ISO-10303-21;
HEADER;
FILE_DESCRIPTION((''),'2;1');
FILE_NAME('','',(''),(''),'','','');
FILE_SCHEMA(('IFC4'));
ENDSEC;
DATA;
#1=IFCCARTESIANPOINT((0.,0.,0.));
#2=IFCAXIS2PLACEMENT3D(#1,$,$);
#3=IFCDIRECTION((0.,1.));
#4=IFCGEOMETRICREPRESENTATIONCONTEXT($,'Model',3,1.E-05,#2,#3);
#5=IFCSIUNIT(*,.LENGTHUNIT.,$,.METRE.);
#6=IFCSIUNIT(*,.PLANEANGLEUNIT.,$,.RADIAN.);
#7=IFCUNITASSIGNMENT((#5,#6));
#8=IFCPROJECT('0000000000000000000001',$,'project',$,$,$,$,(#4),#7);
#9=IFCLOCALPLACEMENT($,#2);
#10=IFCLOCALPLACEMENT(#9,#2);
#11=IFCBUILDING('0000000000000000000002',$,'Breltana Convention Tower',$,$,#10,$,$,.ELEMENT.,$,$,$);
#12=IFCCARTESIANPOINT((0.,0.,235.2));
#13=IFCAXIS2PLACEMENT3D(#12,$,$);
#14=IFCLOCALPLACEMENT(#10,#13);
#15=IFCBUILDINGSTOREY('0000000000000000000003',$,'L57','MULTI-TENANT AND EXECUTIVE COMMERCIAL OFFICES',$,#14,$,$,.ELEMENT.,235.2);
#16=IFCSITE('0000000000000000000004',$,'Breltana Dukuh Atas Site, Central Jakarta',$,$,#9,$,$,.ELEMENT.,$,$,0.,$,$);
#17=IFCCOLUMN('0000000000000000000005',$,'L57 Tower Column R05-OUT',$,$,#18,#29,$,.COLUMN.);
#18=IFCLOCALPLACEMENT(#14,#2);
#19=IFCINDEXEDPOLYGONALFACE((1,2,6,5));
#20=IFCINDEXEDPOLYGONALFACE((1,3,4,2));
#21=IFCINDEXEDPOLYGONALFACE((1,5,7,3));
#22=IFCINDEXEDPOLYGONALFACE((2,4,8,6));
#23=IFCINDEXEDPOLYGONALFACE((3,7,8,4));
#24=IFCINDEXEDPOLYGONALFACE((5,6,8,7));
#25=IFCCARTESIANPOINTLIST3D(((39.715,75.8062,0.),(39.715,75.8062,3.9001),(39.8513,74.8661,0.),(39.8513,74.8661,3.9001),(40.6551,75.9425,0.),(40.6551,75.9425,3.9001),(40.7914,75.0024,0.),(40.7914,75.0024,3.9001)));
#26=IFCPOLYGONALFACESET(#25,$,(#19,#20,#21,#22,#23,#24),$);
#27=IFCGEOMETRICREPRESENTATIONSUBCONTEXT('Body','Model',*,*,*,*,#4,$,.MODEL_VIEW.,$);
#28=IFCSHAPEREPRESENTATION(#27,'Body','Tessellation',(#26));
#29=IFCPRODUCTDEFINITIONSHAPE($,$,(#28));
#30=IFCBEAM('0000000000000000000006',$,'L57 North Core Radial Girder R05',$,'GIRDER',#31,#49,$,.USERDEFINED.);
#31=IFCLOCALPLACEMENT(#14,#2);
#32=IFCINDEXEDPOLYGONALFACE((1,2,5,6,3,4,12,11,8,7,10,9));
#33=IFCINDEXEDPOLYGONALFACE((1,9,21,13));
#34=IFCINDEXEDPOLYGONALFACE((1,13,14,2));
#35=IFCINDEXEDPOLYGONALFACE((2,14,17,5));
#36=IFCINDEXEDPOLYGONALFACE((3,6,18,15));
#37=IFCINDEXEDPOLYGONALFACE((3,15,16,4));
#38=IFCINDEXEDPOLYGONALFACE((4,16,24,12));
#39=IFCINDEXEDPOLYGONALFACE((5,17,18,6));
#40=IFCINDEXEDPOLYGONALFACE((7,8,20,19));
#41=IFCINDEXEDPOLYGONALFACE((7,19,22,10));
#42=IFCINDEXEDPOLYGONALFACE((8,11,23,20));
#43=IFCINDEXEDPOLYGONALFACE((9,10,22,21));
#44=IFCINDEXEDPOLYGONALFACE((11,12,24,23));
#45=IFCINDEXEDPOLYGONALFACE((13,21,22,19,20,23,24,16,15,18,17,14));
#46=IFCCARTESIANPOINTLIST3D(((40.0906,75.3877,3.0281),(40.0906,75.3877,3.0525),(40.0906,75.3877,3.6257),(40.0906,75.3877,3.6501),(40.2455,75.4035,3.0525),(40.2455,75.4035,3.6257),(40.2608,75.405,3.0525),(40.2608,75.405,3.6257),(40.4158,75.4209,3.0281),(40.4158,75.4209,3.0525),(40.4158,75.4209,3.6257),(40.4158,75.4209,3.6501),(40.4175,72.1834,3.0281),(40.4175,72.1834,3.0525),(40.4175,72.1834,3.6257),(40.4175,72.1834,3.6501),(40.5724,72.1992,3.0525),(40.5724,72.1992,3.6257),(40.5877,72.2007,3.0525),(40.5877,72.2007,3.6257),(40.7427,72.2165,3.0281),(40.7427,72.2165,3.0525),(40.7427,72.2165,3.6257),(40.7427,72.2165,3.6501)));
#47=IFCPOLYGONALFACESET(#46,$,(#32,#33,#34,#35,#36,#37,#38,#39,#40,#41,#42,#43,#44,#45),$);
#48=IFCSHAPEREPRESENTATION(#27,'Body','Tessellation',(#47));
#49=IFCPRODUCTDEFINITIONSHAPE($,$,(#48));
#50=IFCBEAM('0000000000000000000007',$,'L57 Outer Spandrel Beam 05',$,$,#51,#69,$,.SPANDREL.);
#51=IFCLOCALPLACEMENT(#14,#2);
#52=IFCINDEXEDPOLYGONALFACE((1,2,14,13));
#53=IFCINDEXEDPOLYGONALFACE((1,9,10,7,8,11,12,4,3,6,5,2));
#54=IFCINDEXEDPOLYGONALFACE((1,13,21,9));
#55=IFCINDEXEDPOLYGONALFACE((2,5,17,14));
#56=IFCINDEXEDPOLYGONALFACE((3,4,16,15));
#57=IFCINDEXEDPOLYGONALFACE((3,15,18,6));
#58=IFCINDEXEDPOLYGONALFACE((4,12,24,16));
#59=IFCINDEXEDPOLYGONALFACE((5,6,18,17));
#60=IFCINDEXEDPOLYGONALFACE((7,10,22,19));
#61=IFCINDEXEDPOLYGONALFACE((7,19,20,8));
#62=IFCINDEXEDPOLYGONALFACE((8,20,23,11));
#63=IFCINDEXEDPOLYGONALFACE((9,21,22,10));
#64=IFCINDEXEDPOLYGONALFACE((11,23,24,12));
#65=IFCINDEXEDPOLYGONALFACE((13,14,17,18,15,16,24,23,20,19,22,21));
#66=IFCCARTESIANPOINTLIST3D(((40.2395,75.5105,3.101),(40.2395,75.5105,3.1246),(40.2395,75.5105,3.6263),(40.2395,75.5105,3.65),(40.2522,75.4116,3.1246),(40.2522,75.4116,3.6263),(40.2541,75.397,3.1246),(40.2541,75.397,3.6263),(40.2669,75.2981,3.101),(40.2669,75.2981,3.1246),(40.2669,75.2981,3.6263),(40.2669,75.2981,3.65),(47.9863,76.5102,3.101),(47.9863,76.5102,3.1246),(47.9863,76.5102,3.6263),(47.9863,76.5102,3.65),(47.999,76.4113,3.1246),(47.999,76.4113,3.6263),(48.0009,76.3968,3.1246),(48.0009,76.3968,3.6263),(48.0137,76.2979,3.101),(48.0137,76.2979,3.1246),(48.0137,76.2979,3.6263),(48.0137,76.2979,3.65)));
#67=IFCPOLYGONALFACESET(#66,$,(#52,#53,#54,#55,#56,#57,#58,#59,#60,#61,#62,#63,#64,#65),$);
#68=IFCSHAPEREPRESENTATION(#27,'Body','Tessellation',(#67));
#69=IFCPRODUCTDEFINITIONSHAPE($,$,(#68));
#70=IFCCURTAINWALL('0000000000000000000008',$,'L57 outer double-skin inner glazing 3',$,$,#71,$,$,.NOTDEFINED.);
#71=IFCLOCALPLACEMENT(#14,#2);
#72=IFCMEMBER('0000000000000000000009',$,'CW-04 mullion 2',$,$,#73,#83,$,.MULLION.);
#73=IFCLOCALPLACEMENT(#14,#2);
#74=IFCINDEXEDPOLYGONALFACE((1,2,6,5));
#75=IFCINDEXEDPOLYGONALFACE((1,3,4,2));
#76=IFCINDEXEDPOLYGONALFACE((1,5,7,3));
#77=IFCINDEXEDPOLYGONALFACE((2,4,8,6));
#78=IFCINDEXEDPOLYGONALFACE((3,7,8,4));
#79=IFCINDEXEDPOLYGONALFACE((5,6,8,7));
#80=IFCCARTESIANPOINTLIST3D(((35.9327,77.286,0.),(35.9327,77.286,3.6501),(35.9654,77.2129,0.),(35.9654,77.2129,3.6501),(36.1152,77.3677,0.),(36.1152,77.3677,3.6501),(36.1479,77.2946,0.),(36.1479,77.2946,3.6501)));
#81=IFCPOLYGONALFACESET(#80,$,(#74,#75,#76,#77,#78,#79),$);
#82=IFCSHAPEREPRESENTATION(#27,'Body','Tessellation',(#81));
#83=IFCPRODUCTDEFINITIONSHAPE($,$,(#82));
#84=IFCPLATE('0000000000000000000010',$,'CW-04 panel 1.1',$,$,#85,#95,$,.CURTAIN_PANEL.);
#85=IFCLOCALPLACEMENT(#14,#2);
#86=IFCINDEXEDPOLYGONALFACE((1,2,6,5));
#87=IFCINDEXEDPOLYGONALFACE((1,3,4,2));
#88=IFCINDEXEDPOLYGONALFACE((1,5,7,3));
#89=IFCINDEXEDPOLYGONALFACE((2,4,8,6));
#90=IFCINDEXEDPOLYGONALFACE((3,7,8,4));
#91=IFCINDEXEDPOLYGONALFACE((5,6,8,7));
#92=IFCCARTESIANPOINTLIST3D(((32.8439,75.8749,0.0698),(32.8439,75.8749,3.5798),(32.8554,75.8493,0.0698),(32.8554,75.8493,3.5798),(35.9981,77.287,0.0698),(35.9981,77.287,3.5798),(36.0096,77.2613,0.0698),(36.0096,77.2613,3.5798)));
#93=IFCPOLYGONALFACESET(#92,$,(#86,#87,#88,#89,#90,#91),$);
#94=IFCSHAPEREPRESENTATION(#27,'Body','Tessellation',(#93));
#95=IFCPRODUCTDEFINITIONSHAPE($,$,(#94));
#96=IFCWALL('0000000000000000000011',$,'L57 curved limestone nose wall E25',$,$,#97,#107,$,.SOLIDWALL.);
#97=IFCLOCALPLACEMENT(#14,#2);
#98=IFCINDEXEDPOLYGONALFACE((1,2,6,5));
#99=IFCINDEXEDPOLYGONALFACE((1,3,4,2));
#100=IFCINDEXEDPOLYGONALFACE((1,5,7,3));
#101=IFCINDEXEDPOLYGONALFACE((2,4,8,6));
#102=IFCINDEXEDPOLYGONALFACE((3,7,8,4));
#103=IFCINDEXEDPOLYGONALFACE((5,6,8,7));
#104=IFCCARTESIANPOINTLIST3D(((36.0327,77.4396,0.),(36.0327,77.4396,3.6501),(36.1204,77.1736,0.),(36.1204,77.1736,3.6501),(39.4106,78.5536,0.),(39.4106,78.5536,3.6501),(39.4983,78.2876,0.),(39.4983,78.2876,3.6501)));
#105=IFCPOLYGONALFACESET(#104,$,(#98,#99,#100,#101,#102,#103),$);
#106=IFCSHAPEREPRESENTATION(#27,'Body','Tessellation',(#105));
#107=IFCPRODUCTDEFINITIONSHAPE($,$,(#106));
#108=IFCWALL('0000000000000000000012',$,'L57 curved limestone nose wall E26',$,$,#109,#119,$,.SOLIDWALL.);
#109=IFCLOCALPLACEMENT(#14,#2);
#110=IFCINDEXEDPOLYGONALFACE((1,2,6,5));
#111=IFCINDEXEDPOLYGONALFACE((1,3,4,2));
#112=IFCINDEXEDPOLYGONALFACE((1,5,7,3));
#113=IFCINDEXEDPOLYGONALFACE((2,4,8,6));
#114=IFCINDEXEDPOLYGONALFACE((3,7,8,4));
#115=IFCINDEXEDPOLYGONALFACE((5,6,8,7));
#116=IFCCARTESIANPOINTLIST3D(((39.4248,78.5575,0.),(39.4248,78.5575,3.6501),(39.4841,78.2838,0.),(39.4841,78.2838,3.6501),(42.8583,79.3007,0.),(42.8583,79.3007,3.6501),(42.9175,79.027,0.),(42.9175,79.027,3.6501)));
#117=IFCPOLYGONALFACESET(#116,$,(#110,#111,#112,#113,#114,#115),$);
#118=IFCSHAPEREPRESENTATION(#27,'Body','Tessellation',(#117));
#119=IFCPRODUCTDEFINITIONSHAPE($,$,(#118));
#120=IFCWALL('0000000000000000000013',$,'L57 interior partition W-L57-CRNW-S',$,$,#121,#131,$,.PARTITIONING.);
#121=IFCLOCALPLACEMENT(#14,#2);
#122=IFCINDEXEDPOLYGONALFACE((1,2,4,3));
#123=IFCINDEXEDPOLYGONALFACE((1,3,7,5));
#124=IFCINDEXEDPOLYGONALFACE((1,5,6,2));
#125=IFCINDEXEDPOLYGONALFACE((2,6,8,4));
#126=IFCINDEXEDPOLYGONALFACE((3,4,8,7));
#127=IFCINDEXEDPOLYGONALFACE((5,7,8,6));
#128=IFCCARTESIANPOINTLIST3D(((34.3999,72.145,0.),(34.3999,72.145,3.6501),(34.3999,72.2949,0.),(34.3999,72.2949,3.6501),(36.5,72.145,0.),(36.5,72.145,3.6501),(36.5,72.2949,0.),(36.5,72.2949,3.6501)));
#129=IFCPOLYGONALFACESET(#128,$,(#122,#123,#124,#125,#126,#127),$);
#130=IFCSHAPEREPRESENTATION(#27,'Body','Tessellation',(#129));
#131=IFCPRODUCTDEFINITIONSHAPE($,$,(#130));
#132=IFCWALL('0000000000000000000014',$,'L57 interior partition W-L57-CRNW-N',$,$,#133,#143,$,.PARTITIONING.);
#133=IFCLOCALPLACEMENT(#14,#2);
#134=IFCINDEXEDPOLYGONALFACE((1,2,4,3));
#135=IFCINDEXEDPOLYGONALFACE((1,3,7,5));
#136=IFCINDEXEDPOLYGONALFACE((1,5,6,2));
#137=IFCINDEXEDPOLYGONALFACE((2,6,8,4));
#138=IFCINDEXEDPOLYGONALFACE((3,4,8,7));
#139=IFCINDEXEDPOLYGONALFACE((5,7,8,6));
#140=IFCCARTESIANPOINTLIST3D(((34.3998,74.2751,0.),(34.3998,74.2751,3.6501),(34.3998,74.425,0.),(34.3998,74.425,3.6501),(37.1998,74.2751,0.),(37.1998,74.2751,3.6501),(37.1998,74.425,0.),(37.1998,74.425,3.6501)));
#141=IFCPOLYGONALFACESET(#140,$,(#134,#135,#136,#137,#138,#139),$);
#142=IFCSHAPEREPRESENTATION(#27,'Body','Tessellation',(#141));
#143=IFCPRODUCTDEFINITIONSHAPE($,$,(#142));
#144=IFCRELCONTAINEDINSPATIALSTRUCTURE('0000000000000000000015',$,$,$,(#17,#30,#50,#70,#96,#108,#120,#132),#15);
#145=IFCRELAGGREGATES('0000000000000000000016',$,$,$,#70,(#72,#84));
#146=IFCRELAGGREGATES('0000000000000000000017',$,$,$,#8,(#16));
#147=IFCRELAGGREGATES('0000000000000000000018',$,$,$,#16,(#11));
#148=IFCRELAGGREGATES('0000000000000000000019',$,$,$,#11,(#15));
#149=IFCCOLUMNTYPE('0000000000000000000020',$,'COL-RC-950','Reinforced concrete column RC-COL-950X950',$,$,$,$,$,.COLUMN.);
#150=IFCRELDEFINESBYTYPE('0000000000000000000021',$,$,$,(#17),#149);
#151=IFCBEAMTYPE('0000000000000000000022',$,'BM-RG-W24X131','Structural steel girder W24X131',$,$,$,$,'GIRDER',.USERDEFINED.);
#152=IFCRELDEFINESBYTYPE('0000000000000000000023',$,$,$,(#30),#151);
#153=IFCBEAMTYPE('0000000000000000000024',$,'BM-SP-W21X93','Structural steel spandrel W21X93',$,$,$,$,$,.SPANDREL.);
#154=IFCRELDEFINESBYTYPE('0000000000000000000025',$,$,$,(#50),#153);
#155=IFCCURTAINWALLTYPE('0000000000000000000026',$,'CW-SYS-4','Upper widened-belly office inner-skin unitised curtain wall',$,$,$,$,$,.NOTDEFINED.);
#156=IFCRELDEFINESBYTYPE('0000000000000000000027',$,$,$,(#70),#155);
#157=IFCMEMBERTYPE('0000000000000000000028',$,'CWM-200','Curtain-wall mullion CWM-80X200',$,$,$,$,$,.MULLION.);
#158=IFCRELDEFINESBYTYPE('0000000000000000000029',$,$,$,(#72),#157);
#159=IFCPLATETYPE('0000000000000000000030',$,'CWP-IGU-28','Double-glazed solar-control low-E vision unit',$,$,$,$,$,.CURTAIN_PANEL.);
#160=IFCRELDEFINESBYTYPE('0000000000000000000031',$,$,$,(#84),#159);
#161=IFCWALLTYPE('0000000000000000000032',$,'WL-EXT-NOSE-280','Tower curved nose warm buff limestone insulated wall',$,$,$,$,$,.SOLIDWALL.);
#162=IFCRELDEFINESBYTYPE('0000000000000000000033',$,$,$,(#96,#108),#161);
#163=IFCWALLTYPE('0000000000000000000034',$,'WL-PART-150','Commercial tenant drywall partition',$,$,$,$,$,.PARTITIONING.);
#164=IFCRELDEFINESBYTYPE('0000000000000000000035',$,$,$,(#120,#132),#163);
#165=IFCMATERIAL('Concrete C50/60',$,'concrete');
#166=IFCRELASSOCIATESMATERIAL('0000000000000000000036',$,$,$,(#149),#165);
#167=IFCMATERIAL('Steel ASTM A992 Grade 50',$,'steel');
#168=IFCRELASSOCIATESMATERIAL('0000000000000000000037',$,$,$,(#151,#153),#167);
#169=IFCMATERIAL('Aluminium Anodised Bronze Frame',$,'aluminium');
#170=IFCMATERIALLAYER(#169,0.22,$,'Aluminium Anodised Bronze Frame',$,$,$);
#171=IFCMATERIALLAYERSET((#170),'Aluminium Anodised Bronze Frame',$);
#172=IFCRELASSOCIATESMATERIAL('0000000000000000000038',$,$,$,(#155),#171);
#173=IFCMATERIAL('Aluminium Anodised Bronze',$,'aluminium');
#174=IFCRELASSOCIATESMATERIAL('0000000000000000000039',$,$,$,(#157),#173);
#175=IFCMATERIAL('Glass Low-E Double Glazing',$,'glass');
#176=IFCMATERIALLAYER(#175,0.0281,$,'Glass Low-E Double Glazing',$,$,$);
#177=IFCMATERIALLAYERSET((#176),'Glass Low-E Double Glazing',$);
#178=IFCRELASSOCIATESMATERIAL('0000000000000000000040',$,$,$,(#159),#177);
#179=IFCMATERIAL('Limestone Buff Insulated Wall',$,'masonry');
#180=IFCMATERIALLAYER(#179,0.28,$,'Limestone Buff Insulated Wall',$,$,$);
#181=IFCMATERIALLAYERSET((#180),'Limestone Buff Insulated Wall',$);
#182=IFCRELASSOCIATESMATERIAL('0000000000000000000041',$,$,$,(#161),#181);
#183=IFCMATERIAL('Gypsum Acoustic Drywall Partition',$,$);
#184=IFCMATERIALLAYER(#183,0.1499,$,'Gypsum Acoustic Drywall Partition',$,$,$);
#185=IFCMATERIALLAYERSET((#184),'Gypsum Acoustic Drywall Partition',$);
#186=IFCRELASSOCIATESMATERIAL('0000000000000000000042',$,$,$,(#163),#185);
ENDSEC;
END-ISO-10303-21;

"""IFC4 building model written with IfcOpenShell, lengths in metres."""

from ifc_helpers import new_model, si_unit, direction, frame, frame_2d, origin, origin_2d, place, context, subcontext, project, spatial, rectangle, i_section, extrude, source, transform, mapped, material, layer, layer_set, material_profile, profile_set, type_object, element, aggregate, save


model = new_model("IFC4")

# Units and contexts
model_context = context("Model", 3, precision=1e-05, world=origin(), true_north=direction((0.0, 1.0)))
body_context = subcontext(model_context, "Body", "Model", "MODEL_VIEW")
ifc_project = project(units=[si_unit("LENGTHUNIT", "METRE"), si_unit("PLANEANGLEUNIT", "RADIAN")], contexts=[model_context])

# Site, building, storey
site_placement = place(None, origin())
site = spatial("IfcSite", under=ifc_project, at=site_placement, Name="Breltana Dukuh Atas Site, Central Jakarta", CompositionType="ELEMENT", RefElevation=0.0)
building_placement = place(site_placement, origin())
building = spatial("IfcBuilding", under=site, at=building_placement, Name="Breltana Convention Tower", CompositionType="ELEMENT")
storey_placement = place(building_placement, frame((0.0, 0.0, 235.2)))
storey = spatial("IfcBuildingStorey", under=building, at=storey_placement, Name="L57", Description="MULTI-TENANT AND EXECUTIVE COMMERCIAL OFFICES", CompositionType="ELEMENT", Elevation=235.2)

# Column
ifc_material_1 = material(Name="Concrete C50/60", Category="concrete")
ifc_material_profile_1 = material_profile(ifc_material_1, rectangle(XDim=0.95, YDim=0.95, at=origin_2d()), Name="RC-COL-950X950")
ifc_profile_set_1 = profile_set([ifc_material_profile_1], Name="Concrete C50/60")
column_type = type_object("IfcColumnType", Name="COL-RC-950", Description="Reinforced concrete column RC-COL-950X950", PredefinedType="COLUMN", material=ifc_profile_set_1)
shared_shape_1 = source(origin(), body_context, "Body", "SweptSolid", [
    extrude(rectangle(XDim=0.95, YDim=0.95, at=origin_2d()), origin(), (0.0, 0.0, 1.0), 3.9001),
])
column_placement = place(storey_placement, frame((40.2532, 75.4043, 0.0), z_axis=(0.0, 0.0, 1.0), x_axis=(-0.143493, 0.989651, 0.0)))
element("IfcColumn", 1, at=column_placement, inside=storey, type_object=column_type, Name="L57 Tower Column R05-OUT", PredefinedType="COLUMN", context=body_context, shape_type="MappedRepresentation", body=[
    mapped(shared_shape_1, transform((0.0, 0.0, 0.0), scale=1.0)),
])

# Beams
ifc_material_2 = material(Name="Steel ASTM A992 Grade 50", Category="steel")
ifc_material_profile_2 = material_profile(ifc_material_2, i_section(OverallWidth=0.3269, OverallDepth=0.6221, WebThickness=0.0154, FlangeThickness=0.0244, at=origin_2d()), Name="W24X131")
ifc_profile_set_2 = profile_set([ifc_material_profile_2], Name="Steel ASTM A992 Grade 50")
beam_type_1 = type_object("IfcBeamType", Name="BM-RG-W24X131", Description="Structural steel girder W24X131", ElementType="GIRDER", PredefinedType="USERDEFINED", material=ifc_profile_set_2)
shared_shape_2 = source(origin(), body_context, "Body", "SweptSolid", [
    extrude(i_section(OverallWidth=0.3269, OverallDepth=0.6221, WebThickness=0.0154, FlangeThickness=0.0244, at=origin_2d()), origin(), (0.0, 0.0, 1.0), 3.2209),
])
beam_1_placement = place(storey_placement, frame((40.5801, 72.2, 3.3391), z_axis=(-0.101492, 0.994836, 0.0), x_axis=(-0.994836, -0.101492, 0.0)))
element("IfcBeam", 2, at=beam_1_placement, inside=storey, type_object=beam_type_1, Name="L57 North Core Radial Girder R05", ObjectType="GIRDER", PredefinedType="USERDEFINED", context=body_context, shape_type="MappedRepresentation", body=[
    mapped(shared_shape_2, transform((0.0, 0.0, 0.0), scale=1.0)),
])
ifc_material_profile_3 = material_profile(ifc_material_2, i_section(OverallWidth=0.2141, OverallDepth=0.5491, WebThickness=0.0146, FlangeThickness=0.0237, at=origin_2d()), Name="W21X93")
ifc_profile_set_3 = profile_set([ifc_material_profile_3], Name="Steel ASTM A992 Grade 50")
beam_type_2 = type_object("IfcBeamType", Name="BM-SP-W21X93", Description="Structural steel spandrel W21X93", PredefinedType="SPANDREL", material=ifc_profile_set_3)
shared_shape_3 = source(origin(), body_context, "Body", "SweptSolid", [
    extrude(i_section(OverallWidth=0.2141, OverallDepth=0.5491, WebThickness=0.0146, FlangeThickness=0.0237, at=origin_2d()), origin(), (0.0, 0.0, 1.0), 7.811),
])
beam_2_placement = place(storey_placement, frame((40.2532, 75.4043, 3.3755), z_axis=(0.991775, 0.127992, 0.0), x_axis=(-0.127992, 0.991775, 0.0)))
element("IfcBeam", 3, at=beam_2_placement, inside=storey, type_object=beam_type_2, Name="L57 Outer Spandrel Beam 05", PredefinedType="SPANDREL", context=body_context, shape_type="MappedRepresentation", body=[
    mapped(shared_shape_3, transform((0.0, 0.0, 0.0), scale=1.0)),
])

# Curtain wall, member, plate
ifc_material_3 = material(Name="Aluminium Anodised Bronze Frame", Category="aluminium")
ifc_layer_1 = layer(ifc_material_3, 0.22, Name="Aluminium Anodised Bronze Frame")
ifc_layer_set_1 = layer_set([ifc_layer_1], Name="Aluminium Anodised Bronze Frame")
curtain_wall_type = type_object("IfcCurtainWallType", Name="CW-SYS-4", Description="Upper widened-belly office inner-skin unitised curtain wall", PredefinedType="NOTDEFINED", material=ifc_layer_set_1)
curtain_wall_placement = place(storey_placement, origin())
curtain_wall = element("IfcCurtainWall", 4, at=curtain_wall_placement, inside=storey, type_object=curtain_wall_type, Name="L57 outer double-skin inner glazing 3", PredefinedType="NOTDEFINED")
ifc_material_4 = material(Name="Aluminium Anodised Bronze", Category="aluminium")
ifc_material_profile_4 = material_profile(ifc_material_4, rectangle(XDim=0.0801, YDim=0.2, at=origin_2d()), Name="CWM-80X200")
ifc_profile_set_4 = profile_set([ifc_material_profile_4], Name="Aluminium Anodised Bronze")
member_type = type_object("IfcMemberType", Name="CWM-200", Description="Curtain-wall mullion CWM-80X200", PredefinedType="MULLION", material=ifc_profile_set_4)
shared_shape_4 = source(origin(), body_context, "Body", "SweptSolid", [
    extrude(rectangle(XDim=0.0801, YDim=0.2, at=origin_2d()), origin(), (0.0, 0.0, 1.0), 3.6501),
])
member_placement = place(storey_placement, frame((36.0403, 77.2903, 0.0), z_axis=(0.0, 0.0, 1.0), x_axis=(-0.408606, 0.912711, 0.0)))
member = element("IfcMember", 5, at=member_placement, type_object=member_type, Name="CW-04 mullion 2", PredefinedType="MULLION", context=body_context, shape_type="MappedRepresentation", body=[
    mapped(shared_shape_4, transform((0.0, 0.0, 0.0), scale=1.0)),
])
ifc_material_5 = material(Name="Glass Low-E Double Glazing", Category="glass")
ifc_layer_2 = layer(ifc_material_5, 0.0281, Name="Glass Low-E Double Glazing")
ifc_layer_set_2 = layer_set([ifc_layer_2], Name="Glass Low-E Double Glazing")
plate_type = type_object("IfcPlateType", Name="CWP-IGU-28", Description="Double-glazed solar-control low-E vision unit", PredefinedType="CURTAIN_PANEL", material=ifc_layer_set_2)
shared_shape_5 = source(origin(), body_context, "Body", "SweptSolid", [
    extrude(rectangle(XDim=3.4558, YDim=0.0281, at=origin_2d()), origin(), (0.0, 0.0, 1.0), 3.51),
])
plate_placement = place(storey_placement, frame((34.4268, 76.5681, 0.0698), z_axis=(0.0, 0.0, 1.0), x_axis=(0.912711, 0.408606, 0.0)))
plate = element("IfcPlate", 6, at=plate_placement, type_object=plate_type, Name="CW-04 panel 1.1", PredefinedType="CURTAIN_PANEL", context=body_context, shape_type="MappedRepresentation", body=[
    mapped(shared_shape_5, transform((0.0, 0.0, 0.0), scale=1.0)),
])
aggregate(curtain_wall, [member, plate])

# Walls
ifc_material_6 = material(Name="Limestone Buff Insulated Wall", Category="masonry")
ifc_layer_3 = layer(ifc_material_6, 0.28, Name="Limestone Buff Insulated Wall")
ifc_layer_set_3 = layer_set([ifc_layer_3], Name="Limestone Buff Insulated Wall")
wall_type_1 = type_object("IfcWallType", Name="WL-EXT-NOSE-280", Description="Tower curved nose warm buff limestone insulated wall", PredefinedType="SOLIDWALL", material=ifc_layer_set_3)
shared_shape_6 = source(origin(), body_context, "Body", "SweptSolid", [
    extrude(rectangle(XDim=3.5569, YDim=0.28, at=frame_2d((1.7783, 0.0))), origin(), (0.0, 0.0, 1.0), 3.6501),
])
wall_1_placement = place(storey_placement, frame((36.0767, 77.3066, 0.0), z_axis=(0.0, 0.0, 1.0), x_axis=(0.949687, 0.313199, 0.0)))
element("IfcWall", 7, at=wall_1_placement, inside=storey, type_object=wall_type_1, Name="L57 curved limestone nose wall E25", PredefinedType="SOLIDWALL", context=body_context, shape_type="MappedRepresentation", body=[
    mapped(shared_shape_6, transform((0.0, 0.0, 0.0), scale=1.0)),
])
shared_shape_7 = source(origin(), body_context, "Body", "SweptSolid", [
    extrude(rectangle(XDim=3.5129, YDim=0.28, at=frame_2d((1.7563, 0.0))), origin(), (0.0, 0.0, 1.0), 3.6501),
])
wall_2_placement = place(storey_placement, frame((39.4546, 78.4207, 0.0), z_axis=(0.0, 0.0, 1.0), x_axis=(0.977366, 0.211555, 0.0)))
element("IfcWall", 8, at=wall_2_placement, inside=storey, type_object=wall_type_1, Name="L57 curved limestone nose wall E26", PredefinedType="SOLIDWALL", context=body_context, shape_type="MappedRepresentation", body=[
    mapped(shared_shape_7, transform((0.0, 0.0, 0.0), scale=1.0)),
])
ifc_material_7 = material(Name="Gypsum Acoustic Drywall Partition")
ifc_layer_4 = layer(ifc_material_7, 0.1499, Name="Gypsum Acoustic Drywall Partition")
ifc_layer_set_4 = layer_set([ifc_layer_4], Name="Gypsum Acoustic Drywall Partition")
wall_type_2 = type_object("IfcWallType", Name="WL-PART-150", Description="Commercial tenant drywall partition", PredefinedType="PARTITIONING", material=ifc_layer_set_4)
shared_shape_8 = source(origin(), body_context, "Body", "SweptSolid", [
    extrude(rectangle(XDim=2.1001, YDim=0.1499, at=frame_2d((1.05, 0.0))), origin(), (0.0, 0.0, 1.0), 3.6501),
])
wall_3_placement = place(storey_placement, frame((34.3999, 72.22, 0.0), z_axis=(0.0, 0.0, 1.0), x_axis=(1.0, 0.0, 0.0)))
element("IfcWall", 9, at=wall_3_placement, inside=storey, type_object=wall_type_2, Name="L57 interior partition W-L57-CRNW-S", PredefinedType="PARTITIONING", context=body_context, shape_type="MappedRepresentation", body=[
    mapped(shared_shape_8, transform((0.0, 0.0, 0.0), scale=1.0)),
])
shared_shape_9 = source(origin(), body_context, "Body", "SweptSolid", [
    extrude(rectangle(XDim=2.8, YDim=0.1499, at=frame_2d((1.3999, 0.0))), origin(), (0.0, 0.0, 1.0), 3.6501),
])
wall_4_placement = place(storey_placement, frame((34.3999, 74.3501, 0.0), z_axis=(0.0, 0.0, 1.0), x_axis=(1.0, 0.0, 0.0)))
element("IfcWall", 10, at=wall_4_placement, inside=storey, type_object=wall_type_2, Name="L57 interior partition W-L57-CRNW-N", PredefinedType="PARTITIONING", context=body_context, shape_type="MappedRepresentation", body=[
    mapped(shared_shape_9, transform((0.0, 0.0, 0.0), scale=1.0)),
])

save(model, "model.ifc")
